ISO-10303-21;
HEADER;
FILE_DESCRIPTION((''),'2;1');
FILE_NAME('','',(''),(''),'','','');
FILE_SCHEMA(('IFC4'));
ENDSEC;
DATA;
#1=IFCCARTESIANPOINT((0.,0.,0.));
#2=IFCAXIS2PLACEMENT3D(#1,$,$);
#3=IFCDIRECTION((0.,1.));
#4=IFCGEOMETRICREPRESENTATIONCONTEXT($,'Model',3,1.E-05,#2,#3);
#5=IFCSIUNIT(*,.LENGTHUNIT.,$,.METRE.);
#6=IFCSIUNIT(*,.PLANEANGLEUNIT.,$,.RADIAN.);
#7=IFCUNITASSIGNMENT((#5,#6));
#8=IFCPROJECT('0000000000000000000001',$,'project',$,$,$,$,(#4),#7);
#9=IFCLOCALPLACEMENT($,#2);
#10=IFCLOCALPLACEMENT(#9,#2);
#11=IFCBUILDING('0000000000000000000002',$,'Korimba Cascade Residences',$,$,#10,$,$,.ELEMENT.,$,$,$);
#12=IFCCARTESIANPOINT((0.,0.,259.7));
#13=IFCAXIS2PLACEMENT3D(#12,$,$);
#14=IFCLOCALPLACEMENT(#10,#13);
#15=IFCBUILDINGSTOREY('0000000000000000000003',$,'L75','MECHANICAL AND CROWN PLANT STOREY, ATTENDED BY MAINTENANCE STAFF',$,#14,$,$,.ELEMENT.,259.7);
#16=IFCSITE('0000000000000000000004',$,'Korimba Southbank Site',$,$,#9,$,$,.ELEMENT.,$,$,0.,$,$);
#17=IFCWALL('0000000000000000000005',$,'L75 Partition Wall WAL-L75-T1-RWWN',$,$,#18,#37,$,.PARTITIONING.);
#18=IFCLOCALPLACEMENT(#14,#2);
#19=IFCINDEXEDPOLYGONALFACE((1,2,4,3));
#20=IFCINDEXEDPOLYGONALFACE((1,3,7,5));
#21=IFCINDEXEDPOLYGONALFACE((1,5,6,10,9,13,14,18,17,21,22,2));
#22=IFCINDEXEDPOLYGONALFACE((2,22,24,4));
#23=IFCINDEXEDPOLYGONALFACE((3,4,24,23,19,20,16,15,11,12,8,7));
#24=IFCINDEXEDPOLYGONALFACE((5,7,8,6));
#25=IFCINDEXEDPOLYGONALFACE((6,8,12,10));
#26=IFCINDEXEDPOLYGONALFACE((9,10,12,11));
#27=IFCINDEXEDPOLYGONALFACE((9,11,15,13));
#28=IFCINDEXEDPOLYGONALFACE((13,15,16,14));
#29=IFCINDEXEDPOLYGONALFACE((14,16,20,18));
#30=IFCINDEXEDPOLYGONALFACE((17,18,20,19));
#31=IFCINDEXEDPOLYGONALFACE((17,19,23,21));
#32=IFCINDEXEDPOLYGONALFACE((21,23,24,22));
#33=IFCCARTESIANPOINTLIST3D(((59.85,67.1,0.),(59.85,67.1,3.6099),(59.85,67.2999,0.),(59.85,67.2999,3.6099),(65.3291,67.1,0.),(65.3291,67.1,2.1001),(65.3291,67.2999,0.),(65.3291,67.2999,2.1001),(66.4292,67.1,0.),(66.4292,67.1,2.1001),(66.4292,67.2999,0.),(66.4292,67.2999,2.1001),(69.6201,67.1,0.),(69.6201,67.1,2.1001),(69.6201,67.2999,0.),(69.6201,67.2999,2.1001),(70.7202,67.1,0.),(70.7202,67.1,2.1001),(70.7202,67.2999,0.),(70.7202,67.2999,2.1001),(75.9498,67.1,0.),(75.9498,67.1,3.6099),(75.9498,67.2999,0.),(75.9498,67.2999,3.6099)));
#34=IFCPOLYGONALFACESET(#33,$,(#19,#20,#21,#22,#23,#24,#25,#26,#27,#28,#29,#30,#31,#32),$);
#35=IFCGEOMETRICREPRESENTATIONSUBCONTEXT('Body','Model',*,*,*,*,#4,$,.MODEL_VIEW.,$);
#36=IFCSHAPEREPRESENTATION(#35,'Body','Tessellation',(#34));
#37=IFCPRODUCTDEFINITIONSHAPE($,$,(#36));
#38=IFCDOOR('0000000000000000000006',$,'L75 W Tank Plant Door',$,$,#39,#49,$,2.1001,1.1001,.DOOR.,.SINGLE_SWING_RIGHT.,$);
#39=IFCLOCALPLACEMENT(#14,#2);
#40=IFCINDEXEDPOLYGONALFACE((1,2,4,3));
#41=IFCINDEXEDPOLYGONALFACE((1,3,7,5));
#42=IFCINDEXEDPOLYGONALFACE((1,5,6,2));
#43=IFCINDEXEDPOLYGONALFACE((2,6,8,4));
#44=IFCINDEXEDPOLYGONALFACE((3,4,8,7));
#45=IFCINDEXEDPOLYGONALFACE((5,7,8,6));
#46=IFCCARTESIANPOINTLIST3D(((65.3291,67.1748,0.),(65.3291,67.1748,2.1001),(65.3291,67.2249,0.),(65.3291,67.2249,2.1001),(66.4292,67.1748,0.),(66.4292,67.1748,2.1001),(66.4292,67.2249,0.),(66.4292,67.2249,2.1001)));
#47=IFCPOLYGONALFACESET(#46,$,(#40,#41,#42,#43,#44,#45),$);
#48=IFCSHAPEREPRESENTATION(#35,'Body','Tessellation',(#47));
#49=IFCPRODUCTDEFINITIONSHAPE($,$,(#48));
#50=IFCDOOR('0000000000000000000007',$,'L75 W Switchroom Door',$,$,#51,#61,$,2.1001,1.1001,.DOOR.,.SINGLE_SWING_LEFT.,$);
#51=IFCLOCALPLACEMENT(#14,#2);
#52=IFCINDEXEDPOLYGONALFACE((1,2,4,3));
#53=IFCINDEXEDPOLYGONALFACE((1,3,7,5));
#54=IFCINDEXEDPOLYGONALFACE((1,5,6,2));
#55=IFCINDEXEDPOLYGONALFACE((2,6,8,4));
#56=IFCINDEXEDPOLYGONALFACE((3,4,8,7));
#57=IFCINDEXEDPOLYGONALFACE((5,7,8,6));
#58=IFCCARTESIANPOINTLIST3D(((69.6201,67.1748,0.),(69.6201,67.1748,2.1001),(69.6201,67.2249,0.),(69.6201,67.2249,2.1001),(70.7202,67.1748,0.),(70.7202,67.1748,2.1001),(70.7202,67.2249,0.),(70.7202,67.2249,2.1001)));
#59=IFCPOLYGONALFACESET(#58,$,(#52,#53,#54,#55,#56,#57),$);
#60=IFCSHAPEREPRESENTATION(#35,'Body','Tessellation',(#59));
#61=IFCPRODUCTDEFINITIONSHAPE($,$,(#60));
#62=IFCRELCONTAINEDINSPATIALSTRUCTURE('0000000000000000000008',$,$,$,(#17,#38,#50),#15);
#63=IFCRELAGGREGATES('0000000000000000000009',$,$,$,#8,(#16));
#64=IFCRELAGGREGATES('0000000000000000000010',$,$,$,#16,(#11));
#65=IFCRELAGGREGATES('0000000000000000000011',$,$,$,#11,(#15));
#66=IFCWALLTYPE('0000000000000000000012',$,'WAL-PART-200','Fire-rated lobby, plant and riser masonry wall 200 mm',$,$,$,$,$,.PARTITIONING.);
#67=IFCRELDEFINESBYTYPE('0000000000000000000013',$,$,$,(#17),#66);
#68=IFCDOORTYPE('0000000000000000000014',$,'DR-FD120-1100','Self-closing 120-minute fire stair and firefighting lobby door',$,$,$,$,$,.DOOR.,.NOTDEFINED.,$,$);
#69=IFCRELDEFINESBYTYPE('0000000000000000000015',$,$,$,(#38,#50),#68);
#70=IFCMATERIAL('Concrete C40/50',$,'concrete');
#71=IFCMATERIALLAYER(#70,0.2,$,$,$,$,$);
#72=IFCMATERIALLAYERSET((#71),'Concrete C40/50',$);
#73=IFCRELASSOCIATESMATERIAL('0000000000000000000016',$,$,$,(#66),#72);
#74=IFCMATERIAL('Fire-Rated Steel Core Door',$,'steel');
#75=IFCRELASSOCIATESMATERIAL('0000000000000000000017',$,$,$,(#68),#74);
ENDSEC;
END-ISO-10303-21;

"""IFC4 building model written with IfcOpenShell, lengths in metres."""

from ifc_helpers import new_model, si_unit, direction, frame, frame_2d, origin, place, context, subcontext, project, spatial, rectangle, extrude, material, layer, layer_set, type_object, element, fill, save


model = new_model("IFC4")

# Units and contexts
model_context = context("Model", 3, precision=1e-05, world=origin(), true_north=direction((0.0, 1.0)))
body_context = subcontext(model_context, "Body", "Model", "MODEL_VIEW")
ifc_project = project(units=[si_unit("LENGTHUNIT", "METRE"), si_unit("PLANEANGLEUNIT", "RADIAN")], contexts=[model_context])

# Site, building, storey
site_placement = place(None, origin())
site = spatial("IfcSite", under=ifc_project, at=site_placement, Name="Korimba Southbank Site", CompositionType="ELEMENT", RefElevation=0.0)
building_placement = place(site_placement, origin())
building = spatial("IfcBuilding", under=site, at=building_placement, Name="Korimba Cascade Residences", CompositionType="ELEMENT")
storey_placement = place(building_placement, frame((0.0, 0.0, 259.7)))
storey = spatial("IfcBuildingStorey", under=building, at=storey_placement, Name="L75", Description="MECHANICAL AND CROWN PLANT STOREY, ATTENDED BY MAINTENANCE STAFF", CompositionType="ELEMENT", Elevation=259.7)

# Shared definitions
ifc_material_1 = material(Name="Concrete C40/50", Category="concrete")
ifc_layer_1 = layer(ifc_material_1, 0.2)
ifc_layer_set_1 = layer_set([ifc_layer_1], Name="Concrete C40/50")
wall_type_1 = type_object("IfcWallType", Name="WAL-PART-200", Description="Fire-rated lobby, plant and riser masonry wall 200 mm", PredefinedType="PARTITIONING", material=ifc_layer_set_1)

# Wall, openings, doors
wall_1_placement = place(storey_placement, frame((59.8501, 67.2, 0.0), z_axis=(0.0, 0.0, 1.0), x_axis=(1.0, 0.0, 0.0)))
wall_1 = element("IfcWall", 1, at=wall_1_placement, inside=storey, type_object=wall_type_1, Name="L75 Partition Wall WAL-L75-T1-RWWN", PredefinedType="PARTITIONING", context=body_context, shape_type="SweptSolid", body=[
    extrude(rectangle(XDim=16.0999, YDim=0.2, at=frame_2d((8.0498, 0.0))), origin(), (0.0, 0.0, 1.0), 3.6099),
])
opening_1_placement = place(wall_1_placement, frame((5.479, 0.0, 0.0)))
opening_1 = element("IfcOpeningElement", 2, at=opening_1_placement, cuts=wall_1, PredefinedType="OPENING", context=body_context, shape_type="SweptSolid", body=[
    extrude(rectangle(XDim=1.1001, YDim=2.1001, at=frame_2d((0.55, 1.05))), frame((0.0, 0.1099, 0.0), z_axis=(0.0, -1.0, 0.0), x_axis=(1.0, 0.0, 0.0)), (0.0, 0.0, 1.0), 0.22),
])
opening_2_placement = place(wall_1_placement, frame((9.77, 0.0, 0.0)))
opening_2 = element("IfcOpeningElement", 3, at=opening_2_placement, cuts=wall_1, PredefinedType="OPENING", context=body_context, shape_type="SweptSolid", body=[
    extrude(rectangle(XDim=1.1001, YDim=2.1001, at=frame_2d((0.55, 1.05))), frame((0.0, 0.1099, 0.0), z_axis=(0.0, -1.0, 0.0), x_axis=(1.0, 0.0, 0.0)), (0.0, 0.0, 1.0), 0.22),
])
ifc_material_2 = material(Name="Fire-Rated Steel Core Door", Category="steel")
door_type_1 = type_object("IfcDoorType", Name="DR-FD120-1100", Description="Self-closing 120-minute fire stair and firefighting lobby door", OperationType="NOTDEFINED", PredefinedType="DOOR", material=ifc_material_2)
door_1_placement = place(opening_1_placement, origin())
door_1 = element("IfcDoor", 4, at=door_1_placement, inside=storey, type_object=door_type_1, Name="L75 W Tank Plant Door", OperationType="SINGLE_SWING_RIGHT", OverallHeight=2.1001, OverallWidth=1.1001, PredefinedType="DOOR", context=body_context, shape_type="SweptSolid", body=[
    extrude(rectangle(XDim=1.1001, YDim=2.1001, at=frame_2d((0.55, 1.05))), frame((0.0, 0.0249, 0.0), z_axis=(0.0, -1.0, 0.0), x_axis=(1.0, 0.0, 0.0)), (0.0, 0.0, 1.0), 0.05),
])
fill(opening_1, door_1)
door_2_placement = place(opening_2_placement, origin())
door_2 = element("IfcDoor", 5, at=door_2_placement, inside=storey, type_object=door_type_1, Name="L75 W Switchroom Door", OperationType="SINGLE_SWING_LEFT", OverallHeight=2.1001, OverallWidth=1.1001, PredefinedType="DOOR", context=body_context, shape_type="SweptSolid", body=[
    extrude(rectangle(XDim=1.1001, YDim=2.1001, at=frame_2d((0.55, 1.05))), frame((0.0, 0.0249, 0.0), z_axis=(0.0, -1.0, 0.0), x_axis=(1.0, 0.0, 0.0)), (0.0, 0.0, 1.0), 0.05),
])
fill(opening_2, door_2)

save(model, "model.ifc")
